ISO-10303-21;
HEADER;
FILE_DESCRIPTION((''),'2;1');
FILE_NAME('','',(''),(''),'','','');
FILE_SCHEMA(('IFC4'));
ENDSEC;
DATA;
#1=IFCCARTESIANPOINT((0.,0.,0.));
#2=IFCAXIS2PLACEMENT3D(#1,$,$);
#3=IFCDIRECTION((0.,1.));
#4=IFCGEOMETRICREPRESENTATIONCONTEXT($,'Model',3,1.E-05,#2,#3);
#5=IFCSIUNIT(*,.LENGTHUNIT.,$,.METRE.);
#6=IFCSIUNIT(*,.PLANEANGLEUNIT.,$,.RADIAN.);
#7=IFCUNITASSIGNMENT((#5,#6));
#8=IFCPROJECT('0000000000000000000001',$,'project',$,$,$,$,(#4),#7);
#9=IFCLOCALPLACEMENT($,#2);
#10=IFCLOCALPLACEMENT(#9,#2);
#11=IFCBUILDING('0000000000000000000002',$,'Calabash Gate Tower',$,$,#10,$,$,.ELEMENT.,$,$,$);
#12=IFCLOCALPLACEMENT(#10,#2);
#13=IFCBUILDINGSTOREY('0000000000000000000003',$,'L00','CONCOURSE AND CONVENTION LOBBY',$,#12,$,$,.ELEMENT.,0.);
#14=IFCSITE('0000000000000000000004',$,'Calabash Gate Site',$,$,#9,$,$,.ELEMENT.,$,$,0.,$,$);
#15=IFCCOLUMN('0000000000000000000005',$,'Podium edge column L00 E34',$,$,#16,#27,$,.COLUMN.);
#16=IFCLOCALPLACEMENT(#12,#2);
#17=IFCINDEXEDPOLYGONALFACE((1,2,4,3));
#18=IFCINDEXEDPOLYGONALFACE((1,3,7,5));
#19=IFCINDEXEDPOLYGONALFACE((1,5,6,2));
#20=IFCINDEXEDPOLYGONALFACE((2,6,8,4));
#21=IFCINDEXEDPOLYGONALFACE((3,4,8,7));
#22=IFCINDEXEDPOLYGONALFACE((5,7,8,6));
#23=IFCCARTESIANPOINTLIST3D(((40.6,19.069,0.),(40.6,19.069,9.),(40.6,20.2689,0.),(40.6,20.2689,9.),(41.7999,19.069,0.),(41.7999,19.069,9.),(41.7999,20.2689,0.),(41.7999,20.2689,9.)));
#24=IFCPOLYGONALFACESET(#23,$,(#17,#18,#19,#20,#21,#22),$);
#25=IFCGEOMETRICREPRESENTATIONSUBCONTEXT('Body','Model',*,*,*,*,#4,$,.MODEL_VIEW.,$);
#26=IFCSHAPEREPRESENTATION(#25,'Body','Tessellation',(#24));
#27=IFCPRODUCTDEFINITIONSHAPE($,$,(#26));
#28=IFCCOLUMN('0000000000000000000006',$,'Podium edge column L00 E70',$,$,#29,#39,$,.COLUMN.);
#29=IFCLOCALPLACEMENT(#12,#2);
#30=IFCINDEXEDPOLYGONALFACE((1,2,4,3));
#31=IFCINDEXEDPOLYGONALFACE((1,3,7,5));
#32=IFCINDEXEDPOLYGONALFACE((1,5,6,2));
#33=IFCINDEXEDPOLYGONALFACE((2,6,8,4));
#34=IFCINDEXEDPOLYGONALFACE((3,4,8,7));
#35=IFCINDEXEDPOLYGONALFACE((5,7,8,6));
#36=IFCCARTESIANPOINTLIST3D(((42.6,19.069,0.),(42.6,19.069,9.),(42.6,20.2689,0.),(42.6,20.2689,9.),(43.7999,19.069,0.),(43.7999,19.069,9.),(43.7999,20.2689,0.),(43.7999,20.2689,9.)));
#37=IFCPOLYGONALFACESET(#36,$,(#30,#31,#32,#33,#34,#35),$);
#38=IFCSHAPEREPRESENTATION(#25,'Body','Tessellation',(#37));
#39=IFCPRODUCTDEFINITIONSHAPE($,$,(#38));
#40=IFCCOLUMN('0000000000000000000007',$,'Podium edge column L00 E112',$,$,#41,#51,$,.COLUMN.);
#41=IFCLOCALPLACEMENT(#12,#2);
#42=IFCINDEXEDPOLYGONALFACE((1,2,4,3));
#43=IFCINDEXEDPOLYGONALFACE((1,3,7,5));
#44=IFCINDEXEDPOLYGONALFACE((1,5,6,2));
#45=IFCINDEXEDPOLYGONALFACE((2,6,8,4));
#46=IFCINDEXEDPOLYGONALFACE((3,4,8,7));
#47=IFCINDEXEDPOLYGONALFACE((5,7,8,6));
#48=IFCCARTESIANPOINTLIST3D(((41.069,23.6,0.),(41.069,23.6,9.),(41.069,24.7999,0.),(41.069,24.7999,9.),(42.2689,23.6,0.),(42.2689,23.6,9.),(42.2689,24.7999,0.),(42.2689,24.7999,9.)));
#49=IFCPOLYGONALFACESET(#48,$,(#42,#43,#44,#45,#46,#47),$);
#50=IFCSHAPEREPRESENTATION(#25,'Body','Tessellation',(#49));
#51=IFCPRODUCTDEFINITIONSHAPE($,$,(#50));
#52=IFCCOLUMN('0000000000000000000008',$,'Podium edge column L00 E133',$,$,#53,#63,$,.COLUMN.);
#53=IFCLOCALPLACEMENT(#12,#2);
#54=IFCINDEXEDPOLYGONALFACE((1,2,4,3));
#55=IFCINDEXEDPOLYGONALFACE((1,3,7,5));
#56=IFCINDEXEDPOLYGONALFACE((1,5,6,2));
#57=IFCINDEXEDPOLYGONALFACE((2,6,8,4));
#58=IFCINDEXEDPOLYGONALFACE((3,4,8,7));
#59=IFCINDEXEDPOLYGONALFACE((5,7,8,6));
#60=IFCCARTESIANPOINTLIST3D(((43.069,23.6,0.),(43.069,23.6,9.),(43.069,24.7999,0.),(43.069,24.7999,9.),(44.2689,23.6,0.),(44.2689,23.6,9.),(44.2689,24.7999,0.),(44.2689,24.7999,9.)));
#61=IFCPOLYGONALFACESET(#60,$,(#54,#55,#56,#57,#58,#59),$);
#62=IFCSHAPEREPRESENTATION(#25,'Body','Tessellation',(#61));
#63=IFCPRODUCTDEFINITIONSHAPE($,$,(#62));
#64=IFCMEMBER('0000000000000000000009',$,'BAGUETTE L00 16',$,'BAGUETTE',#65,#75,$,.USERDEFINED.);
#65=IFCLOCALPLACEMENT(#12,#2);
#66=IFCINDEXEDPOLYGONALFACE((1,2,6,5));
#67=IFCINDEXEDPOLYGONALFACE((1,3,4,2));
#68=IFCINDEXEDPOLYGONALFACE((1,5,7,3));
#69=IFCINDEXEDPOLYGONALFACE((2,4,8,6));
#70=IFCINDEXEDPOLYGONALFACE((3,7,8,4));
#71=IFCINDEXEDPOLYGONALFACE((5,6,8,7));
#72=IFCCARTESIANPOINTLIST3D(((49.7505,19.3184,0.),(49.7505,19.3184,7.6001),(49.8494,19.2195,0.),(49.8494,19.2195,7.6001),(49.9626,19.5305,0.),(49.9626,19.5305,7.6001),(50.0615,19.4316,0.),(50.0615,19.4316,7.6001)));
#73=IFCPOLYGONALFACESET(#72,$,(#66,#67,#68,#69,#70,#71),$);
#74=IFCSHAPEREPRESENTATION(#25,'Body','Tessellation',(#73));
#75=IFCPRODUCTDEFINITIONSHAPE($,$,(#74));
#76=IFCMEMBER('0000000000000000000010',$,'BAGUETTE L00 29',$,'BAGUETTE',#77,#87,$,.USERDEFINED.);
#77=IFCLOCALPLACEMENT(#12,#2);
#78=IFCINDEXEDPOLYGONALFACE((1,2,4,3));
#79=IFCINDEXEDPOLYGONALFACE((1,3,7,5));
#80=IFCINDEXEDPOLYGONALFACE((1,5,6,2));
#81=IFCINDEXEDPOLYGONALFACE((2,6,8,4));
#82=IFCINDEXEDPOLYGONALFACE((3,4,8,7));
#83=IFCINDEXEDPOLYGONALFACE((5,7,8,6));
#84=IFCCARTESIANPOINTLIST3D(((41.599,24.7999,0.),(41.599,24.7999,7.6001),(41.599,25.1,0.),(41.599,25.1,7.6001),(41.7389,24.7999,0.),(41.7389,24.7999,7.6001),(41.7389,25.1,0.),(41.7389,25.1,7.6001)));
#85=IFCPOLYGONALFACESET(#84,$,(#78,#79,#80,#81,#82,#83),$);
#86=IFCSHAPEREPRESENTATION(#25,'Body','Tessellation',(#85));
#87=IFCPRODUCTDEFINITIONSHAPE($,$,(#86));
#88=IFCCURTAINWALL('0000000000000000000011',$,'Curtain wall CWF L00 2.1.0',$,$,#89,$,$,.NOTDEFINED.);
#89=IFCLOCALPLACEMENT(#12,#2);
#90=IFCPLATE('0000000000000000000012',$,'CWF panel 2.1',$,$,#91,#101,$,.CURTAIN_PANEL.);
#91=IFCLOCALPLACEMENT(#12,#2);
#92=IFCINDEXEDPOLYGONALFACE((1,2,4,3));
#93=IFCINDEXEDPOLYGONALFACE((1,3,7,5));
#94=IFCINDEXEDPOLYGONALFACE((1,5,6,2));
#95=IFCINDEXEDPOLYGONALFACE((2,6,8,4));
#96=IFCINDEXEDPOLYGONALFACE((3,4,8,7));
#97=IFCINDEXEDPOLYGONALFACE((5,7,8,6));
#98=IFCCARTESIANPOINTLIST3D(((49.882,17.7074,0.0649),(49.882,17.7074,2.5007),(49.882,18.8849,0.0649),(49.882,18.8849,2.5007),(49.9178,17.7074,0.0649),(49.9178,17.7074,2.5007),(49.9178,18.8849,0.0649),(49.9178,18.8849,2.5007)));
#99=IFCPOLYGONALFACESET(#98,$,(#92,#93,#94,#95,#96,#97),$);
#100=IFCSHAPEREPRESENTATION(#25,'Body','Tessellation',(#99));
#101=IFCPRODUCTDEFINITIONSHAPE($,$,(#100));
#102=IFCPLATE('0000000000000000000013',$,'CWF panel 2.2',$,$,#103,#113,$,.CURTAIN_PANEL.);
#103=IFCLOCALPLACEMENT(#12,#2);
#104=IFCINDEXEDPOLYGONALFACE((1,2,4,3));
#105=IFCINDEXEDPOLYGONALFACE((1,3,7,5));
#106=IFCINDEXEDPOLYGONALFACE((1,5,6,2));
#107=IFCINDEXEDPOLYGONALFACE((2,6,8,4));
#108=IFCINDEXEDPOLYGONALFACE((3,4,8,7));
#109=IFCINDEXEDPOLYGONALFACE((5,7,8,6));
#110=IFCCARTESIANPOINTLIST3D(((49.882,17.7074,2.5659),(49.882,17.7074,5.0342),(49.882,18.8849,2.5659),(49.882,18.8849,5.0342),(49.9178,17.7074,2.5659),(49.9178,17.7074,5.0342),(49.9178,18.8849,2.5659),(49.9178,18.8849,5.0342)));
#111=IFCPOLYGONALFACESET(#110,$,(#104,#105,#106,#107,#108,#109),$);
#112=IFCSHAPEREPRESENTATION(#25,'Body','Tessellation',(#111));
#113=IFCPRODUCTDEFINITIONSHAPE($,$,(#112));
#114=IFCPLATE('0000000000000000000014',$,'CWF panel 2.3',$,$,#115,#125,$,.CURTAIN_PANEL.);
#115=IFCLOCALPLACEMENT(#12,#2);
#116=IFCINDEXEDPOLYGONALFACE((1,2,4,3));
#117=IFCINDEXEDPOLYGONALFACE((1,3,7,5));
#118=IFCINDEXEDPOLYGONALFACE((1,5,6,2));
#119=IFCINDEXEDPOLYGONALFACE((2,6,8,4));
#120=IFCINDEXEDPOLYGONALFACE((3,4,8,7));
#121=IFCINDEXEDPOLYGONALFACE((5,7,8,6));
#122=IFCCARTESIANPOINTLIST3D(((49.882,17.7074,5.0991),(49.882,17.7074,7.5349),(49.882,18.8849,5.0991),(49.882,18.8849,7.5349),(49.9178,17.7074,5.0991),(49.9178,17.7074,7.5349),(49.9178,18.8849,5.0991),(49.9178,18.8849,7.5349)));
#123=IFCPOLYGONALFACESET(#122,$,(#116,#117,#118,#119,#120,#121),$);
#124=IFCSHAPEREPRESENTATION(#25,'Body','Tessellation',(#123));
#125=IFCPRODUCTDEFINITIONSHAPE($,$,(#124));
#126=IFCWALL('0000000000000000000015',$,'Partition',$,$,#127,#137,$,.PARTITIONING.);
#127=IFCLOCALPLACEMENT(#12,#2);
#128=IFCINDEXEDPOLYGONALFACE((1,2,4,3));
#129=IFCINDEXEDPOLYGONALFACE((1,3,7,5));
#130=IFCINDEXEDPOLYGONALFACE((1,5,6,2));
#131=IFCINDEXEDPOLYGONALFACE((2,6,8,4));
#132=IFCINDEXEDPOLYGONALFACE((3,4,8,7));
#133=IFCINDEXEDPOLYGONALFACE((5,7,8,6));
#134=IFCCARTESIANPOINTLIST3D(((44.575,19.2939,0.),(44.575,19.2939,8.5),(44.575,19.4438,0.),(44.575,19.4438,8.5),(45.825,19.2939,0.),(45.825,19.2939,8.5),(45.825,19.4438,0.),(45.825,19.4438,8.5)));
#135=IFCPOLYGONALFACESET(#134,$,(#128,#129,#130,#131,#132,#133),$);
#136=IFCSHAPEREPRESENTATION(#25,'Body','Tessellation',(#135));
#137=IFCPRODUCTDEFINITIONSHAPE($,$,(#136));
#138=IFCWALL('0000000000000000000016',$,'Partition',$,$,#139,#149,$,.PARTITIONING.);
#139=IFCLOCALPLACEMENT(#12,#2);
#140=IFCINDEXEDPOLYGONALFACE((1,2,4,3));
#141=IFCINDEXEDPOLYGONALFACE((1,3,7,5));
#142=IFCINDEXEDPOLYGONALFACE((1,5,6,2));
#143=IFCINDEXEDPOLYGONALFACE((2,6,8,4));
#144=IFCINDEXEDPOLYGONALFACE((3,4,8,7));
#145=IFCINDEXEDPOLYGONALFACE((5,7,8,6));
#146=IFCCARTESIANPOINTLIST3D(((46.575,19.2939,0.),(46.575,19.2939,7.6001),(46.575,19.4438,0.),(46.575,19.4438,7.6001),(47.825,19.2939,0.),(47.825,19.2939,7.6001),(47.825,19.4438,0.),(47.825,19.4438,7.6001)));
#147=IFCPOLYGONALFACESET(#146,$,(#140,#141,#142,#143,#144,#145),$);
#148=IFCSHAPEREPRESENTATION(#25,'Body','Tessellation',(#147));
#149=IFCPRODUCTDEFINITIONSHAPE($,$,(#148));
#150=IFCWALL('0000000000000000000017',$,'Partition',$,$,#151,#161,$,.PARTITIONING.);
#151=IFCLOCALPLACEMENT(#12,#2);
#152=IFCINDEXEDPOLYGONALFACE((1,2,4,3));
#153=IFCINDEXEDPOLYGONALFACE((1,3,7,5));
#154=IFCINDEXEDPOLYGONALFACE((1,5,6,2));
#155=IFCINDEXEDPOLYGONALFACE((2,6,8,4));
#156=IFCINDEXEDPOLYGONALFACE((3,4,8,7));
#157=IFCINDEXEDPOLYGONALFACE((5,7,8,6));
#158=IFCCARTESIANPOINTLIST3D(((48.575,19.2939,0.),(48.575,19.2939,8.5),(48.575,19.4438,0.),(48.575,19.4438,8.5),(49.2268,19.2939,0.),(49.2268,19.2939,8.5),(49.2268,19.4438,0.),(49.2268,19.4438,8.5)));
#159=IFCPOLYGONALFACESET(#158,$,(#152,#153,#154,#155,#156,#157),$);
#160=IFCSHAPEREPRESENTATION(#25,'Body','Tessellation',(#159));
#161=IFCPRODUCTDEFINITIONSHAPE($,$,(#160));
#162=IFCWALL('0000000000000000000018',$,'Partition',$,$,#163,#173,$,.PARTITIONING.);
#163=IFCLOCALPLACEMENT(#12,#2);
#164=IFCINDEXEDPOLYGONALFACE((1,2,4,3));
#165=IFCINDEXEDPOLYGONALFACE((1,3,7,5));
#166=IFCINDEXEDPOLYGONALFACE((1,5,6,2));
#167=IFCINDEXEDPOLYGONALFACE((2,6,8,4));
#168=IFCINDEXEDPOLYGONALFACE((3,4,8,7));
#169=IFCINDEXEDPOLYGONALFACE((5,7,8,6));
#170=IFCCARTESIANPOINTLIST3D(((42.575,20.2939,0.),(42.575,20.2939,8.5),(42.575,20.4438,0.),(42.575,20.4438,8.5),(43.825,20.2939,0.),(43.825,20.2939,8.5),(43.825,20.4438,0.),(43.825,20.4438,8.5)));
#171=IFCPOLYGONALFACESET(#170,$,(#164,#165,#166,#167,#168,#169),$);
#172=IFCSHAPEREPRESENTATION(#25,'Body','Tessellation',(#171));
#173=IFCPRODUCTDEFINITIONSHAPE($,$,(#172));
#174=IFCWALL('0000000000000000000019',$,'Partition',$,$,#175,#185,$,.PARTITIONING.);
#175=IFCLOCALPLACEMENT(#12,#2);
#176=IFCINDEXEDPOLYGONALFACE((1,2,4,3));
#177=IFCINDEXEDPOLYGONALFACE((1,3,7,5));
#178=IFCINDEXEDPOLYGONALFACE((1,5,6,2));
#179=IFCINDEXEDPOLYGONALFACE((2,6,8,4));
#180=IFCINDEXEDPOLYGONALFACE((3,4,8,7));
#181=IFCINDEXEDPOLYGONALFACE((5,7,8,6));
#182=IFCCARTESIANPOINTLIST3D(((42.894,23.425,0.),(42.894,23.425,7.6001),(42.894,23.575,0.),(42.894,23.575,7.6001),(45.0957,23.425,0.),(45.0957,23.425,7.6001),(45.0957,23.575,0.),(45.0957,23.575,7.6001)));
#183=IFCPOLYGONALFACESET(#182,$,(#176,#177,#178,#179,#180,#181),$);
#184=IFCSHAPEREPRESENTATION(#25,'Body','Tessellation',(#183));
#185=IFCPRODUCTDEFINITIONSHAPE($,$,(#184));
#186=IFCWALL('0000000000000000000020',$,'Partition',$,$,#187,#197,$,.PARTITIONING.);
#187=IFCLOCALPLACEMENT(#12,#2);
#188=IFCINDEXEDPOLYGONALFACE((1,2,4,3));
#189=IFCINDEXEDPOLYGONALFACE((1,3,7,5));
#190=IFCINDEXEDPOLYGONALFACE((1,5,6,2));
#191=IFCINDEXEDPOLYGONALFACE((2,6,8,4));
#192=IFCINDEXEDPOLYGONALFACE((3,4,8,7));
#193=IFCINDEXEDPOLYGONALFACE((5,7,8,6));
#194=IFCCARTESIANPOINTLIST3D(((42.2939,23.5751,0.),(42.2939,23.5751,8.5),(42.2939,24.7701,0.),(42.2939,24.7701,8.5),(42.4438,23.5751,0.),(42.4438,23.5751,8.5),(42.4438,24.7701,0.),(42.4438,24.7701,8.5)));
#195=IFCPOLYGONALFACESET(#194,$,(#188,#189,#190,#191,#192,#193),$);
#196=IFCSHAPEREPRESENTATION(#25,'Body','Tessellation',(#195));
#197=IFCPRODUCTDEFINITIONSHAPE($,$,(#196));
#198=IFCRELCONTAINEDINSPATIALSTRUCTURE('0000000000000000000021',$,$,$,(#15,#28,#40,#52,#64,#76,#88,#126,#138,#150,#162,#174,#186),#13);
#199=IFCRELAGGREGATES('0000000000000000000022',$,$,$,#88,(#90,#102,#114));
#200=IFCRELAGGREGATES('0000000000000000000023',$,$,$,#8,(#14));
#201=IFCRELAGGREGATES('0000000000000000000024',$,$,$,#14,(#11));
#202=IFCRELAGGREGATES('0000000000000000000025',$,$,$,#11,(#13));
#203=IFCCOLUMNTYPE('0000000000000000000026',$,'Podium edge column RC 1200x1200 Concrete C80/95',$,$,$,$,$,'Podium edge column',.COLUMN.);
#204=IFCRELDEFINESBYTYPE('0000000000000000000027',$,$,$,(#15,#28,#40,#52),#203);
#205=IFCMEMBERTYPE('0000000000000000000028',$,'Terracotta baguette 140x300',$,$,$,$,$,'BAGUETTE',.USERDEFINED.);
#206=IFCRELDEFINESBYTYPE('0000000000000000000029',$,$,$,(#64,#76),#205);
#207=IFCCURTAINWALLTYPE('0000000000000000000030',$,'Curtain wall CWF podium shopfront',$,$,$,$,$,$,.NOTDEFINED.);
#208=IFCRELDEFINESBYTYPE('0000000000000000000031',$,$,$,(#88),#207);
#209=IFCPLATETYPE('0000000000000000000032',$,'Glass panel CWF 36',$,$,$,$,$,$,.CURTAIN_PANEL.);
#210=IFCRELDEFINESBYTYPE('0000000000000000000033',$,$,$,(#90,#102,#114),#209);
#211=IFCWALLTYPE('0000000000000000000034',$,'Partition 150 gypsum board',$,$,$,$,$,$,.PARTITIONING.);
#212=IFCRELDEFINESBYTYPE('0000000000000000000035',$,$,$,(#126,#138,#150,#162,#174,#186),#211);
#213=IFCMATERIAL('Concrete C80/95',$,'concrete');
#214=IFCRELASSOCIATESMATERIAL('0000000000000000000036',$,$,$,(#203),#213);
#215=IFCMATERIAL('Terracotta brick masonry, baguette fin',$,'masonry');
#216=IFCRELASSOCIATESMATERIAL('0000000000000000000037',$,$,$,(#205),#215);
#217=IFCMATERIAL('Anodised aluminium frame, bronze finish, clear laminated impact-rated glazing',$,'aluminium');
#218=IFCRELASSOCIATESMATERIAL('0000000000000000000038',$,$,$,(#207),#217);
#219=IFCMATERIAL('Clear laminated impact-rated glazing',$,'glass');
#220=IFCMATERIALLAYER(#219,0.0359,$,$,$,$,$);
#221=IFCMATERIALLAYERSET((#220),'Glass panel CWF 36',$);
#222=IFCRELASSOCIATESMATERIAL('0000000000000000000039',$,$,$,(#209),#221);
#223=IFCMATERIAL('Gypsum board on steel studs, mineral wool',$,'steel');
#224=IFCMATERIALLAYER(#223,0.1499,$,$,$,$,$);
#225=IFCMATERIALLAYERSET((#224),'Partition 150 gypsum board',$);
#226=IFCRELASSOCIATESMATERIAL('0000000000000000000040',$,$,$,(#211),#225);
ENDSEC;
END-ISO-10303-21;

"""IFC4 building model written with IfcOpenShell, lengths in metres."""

from ifc_helpers import new_model, si_unit, direction, frame, frame_2d, origin, origin_2d, place, context, subcontext, project, spatial, rectangle, extrude, material, layer, layer_set, material_profile, profile_set, type_object, element, aggregate, save


model = new_model("IFC4")

# Units and contexts
model_context = context("Model", 3, precision=1e-05, world=origin(), true_north=direction((0.0, 1.0)))
body_context = subcontext(model_context, "Body", "Model", "MODEL_VIEW")
ifc_project = project(units=[si_unit("LENGTHUNIT", "METRE"), si_unit("PLANEANGLEUNIT", "RADIAN")], contexts=[model_context])

# Site, building, storey
site_placement = place(None, origin())
site = spatial("IfcSite", under=ifc_project, at=site_placement, Name="Calabash Gate Site", CompositionType="ELEMENT", RefElevation=0.0)
building_placement = place(site_placement, origin())
building = spatial("IfcBuilding", under=site, at=building_placement, Name="Calabash Gate Tower", CompositionType="ELEMENT")
storey_placement = place(building_placement, origin())
storey = spatial("IfcBuildingStorey", under=building, at=storey_placement, Name="L00", Description="CONCOURSE AND CONVENTION LOBBY", CompositionType="ELEMENT", Elevation=0.0)

# Columns
ifc_material_1 = material(Name="Concrete C80/95", Category="concrete")
ifc_material_profile_1 = material_profile(ifc_material_1, rectangle(XDim=1.2, YDim=1.2, at=origin_2d()))
ifc_profile_set_1 = profile_set([ifc_material_profile_1], Name="Concrete C80/95")
column_type = type_object("IfcColumnType", Name="Podium edge column RC 1200x1200 Concrete C80/95", ElementType="Podium edge column", PredefinedType="COLUMN", material=ifc_profile_set_1)
for number, where, z_axis, x_axis, name in (
    (1, (41.2, 19.6689, 0.0), (0.0, 0.0, 1.0), (1.0, 0.0, 0.0), "Podium edge column L00 E34"),
    (2, (43.2, 19.6689, 0.0), (0.0, 0.0, 1.0), (1.0, 0.0, 0.0), "Podium edge column L00 E70"),
    (3, (41.6689, 24.2, 0.0), (0.0, 0.0, 1.0), (1.0, 0.0, 0.0), "Podium edge column L00 E112"),
    (4, (43.6689, 24.2, 0.0), (0.0, 0.0, 1.0), (1.0, 0.0, 0.0), "Podium edge column L00 E133"),
):
    element("IfcColumn", number, at=place(storey_placement, frame(where, z_axis=z_axis, x_axis=x_axis)), inside=storey, type_object=column_type, Name=name, PredefinedType="COLUMN", context=body_context, shape_type="SweptSolid", body=[
        extrude(rectangle(XDim=1.2, YDim=1.2, at=origin_2d()), origin(), (0.0, 0.0, 1.0), 9.0),
    ])

# Members
ifc_material_2 = material(Name="Terracotta brick masonry, baguette fin", Category="masonry")
ifc_material_profile_2 = material_profile(ifc_material_2, rectangle(XDim=0.1399, YDim=0.3, at=origin_2d()))
ifc_profile_set_2 = profile_set([ifc_material_profile_2], Name="Terracotta brick masonry, baguette fin")
member_type = type_object("IfcMemberType", Name="Terracotta baguette 140x300", ElementType="BAGUETTE", PredefinedType="USERDEFINED", material=ifc_profile_set_2)
for number, where, z_axis, x_axis, name in (
    (5, (49.906, 19.375, 0.0), (0.0, 0.0, 1.0), (-0.707107, 0.707107, 0.0), "BAGUETTE L00 16"),
    (6, (41.6689, 24.95, 0.0), (0.0, 0.0, 1.0), (-1.0, 0.0, 0.0), "BAGUETTE L00 29"),
):
    element("IfcMember", number, at=place(storey_placement, frame(where, z_axis=z_axis, x_axis=x_axis)), inside=storey, type_object=member_type, Name=name, ObjectType="BAGUETTE", PredefinedType="USERDEFINED", context=body_context, shape_type="SweptSolid", body=[
        extrude(rectangle(XDim=0.1399, YDim=0.3, at=origin_2d()), origin(), (0.0, 0.0, 1.0), 7.6001),
    ])

# Curtain wall, plates
ifc_material_3 = material(Name="Anodised aluminium frame, bronze finish, clear laminated impact-rated glazing", Category="aluminium")
curtain_wall_type = type_object("IfcCurtainWallType", Name="Curtain wall CWF podium shopfront", PredefinedType="NOTDEFINED", material=ifc_material_3)
curtain_wall_placement = place(storey_placement, origin())
curtain_wall = element("IfcCurtainWall", 7, at=curtain_wall_placement, inside=storey, type_object=curtain_wall_type, Name="Curtain wall CWF L00 2.1.0", PredefinedType="NOTDEFINED")
ifc_material_4 = material(Name="Clear laminated impact-rated glazing", Category="glass")
ifc_layer_1 = layer(ifc_material_4, 0.0359)
ifc_layer_set_1 = layer_set([ifc_layer_1], Name="Glass panel CWF 36")
plate_type = type_object("IfcPlateType", Name="Glass panel CWF 36", PredefinedType="CURTAIN_PANEL", material=ifc_layer_set_1)
plate_1_placement = place(storey_placement, frame((49.8999, 18.2961, 0.0649), z_axis=(0.0, 0.0, 1.0), x_axis=(0.0, 1.0, 0.0)))
plate_1 = element("IfcPlate", 8, at=plate_1_placement, type_object=plate_type, Name="CWF panel 2.1", PredefinedType="CURTAIN_PANEL", context=body_context, shape_type="SweptSolid", body=[
    extrude(rectangle(XDim=1.1775, YDim=0.0359, at=origin_2d()), origin(), (0.0, 0.0, 1.0), 2.4358),
])
plate_2_placement = place(storey_placement, frame((49.8999, 18.2961, 2.5659), z_axis=(0.0, 0.0, 1.0), x_axis=(0.0, 1.0, 0.0)))
plate_2 = element("IfcPlate", 9, at=plate_2_placement, type_object=plate_type, Name="CWF panel 2.2", PredefinedType="CURTAIN_PANEL", context=body_context, shape_type="SweptSolid", body=[
    extrude(rectangle(XDim=1.1775, YDim=0.0359, at=origin_2d()), origin(), (0.0, 0.0, 1.0), 2.4683),
])
plate_3_placement = place(storey_placement, frame((49.8999, 18.2961, 5.0991), z_axis=(0.0, 0.0, 1.0), x_axis=(0.0, 1.0, 0.0)))
plate_3 = element("IfcPlate", 10, at=plate_3_placement, type_object=plate_type, Name="CWF panel 2.3", PredefinedType="CURTAIN_PANEL", context=body_context, shape_type="SweptSolid", body=[
    extrude(rectangle(XDim=1.1775, YDim=0.0359, at=origin_2d()), origin(), (0.0, 0.0, 1.0), 2.4358),
])
aggregate(curtain_wall, [plate_1, plate_2, plate_3])

# Walls
ifc_material_5 = material(Name="Gypsum board on steel studs, mineral wool", Category="steel")
ifc_layer_2 = layer(ifc_material_5, 0.1499)
ifc_layer_set_2 = layer_set([ifc_layer_2], Name="Partition 150 gypsum board")
wall_type_1 = type_object("IfcWallType", Name="Partition 150 gypsum board", PredefinedType="PARTITIONING", material=ifc_layer_set_2)
wall_1_placement = place(storey_placement, frame((44.575, 19.3689, 0.0), z_axis=(0.0, 0.0, 1.0), x_axis=(1.0, 0.0, 0.0)))
element("IfcWall", 11, at=wall_1_placement, inside=storey, type_object=wall_type_1, Name="Partition", PredefinedType="PARTITIONING", context=body_context, shape_type="SweptSolid", body=[
    extrude(rectangle(XDim=1.25, YDim=0.1499, at=frame_2d((0.625, 0.0))), origin(), (0.0, 0.0, 1.0), 8.5),
])
wall_2_placement = place(storey_placement, frame((46.575, 19.3689, 0.0), z_axis=(0.0, 0.0, 1.0), x_axis=(1.0, 0.0, 0.0)))
element("IfcWall", 12, at=wall_2_placement, inside=storey, type_object=wall_type_1, Name="Partition", PredefinedType="PARTITIONING", context=body_context, shape_type="SweptSolid", body=[
    extrude(rectangle(XDim=1.25, YDim=0.1499, at=frame_2d((0.625, 0.0))), origin(), (0.0, 0.0, 1.0), 7.6001),
])
wall_3_placement = place(storey_placement, frame((48.575, 19.3689, 0.0), z_axis=(0.0, 0.0, 1.0), x_axis=(1.0, 0.0, 0.0)))
element("IfcWall", 13, at=wall_3_placement, inside=storey, type_object=wall_type_1, Name="Partition", PredefinedType="PARTITIONING", context=body_context, shape_type="SweptSolid", body=[
    extrude(rectangle(XDim=0.6519, YDim=0.1499, at=frame_2d((0.3259, 0.0))), origin(), (0.0, 0.0, 1.0), 8.5),
])
wall_4_placement = place(storey_placement, frame((42.575, 20.3689, 0.0), z_axis=(0.0, 0.0, 1.0), x_axis=(1.0, 0.0, 0.0)))
element("IfcWall", 14, at=wall_4_placement, inside=storey, type_object=wall_type_1, Name="Partition", PredefinedType="PARTITIONING", context=body_context, shape_type="SweptSolid", body=[
    extrude(rectangle(XDim=1.25, YDim=0.1499, at=frame_2d((0.625, 0.0))), origin(), (0.0, 0.0, 1.0), 8.5),
])
wall_5_placement = place(storey_placement, frame((42.894, 23.5, 0.0), z_axis=(0.0, 0.0, 1.0), x_axis=(1.0, 0.0, 0.0)))
element("IfcWall", 15, at=wall_5_placement, inside=storey, type_object=wall_type_1, Name="Partition", PredefinedType="PARTITIONING", context=body_context, shape_type="SweptSolid", body=[
    extrude(rectangle(XDim=2.2017, YDim=0.1499, at=frame_2d((1.1008, 0.0))), origin(), (0.0, 0.0, 1.0), 7.6001),
])
wall_6_placement = place(storey_placement, frame((42.3689, 23.575, 0.0), z_axis=(0.0, 0.0, 1.0), x_axis=(0.0, 1.0, 0.0)))
element("IfcWall", 16, at=wall_6_placement, inside=storey, type_object=wall_type_1, Name="Partition", PredefinedType="PARTITIONING", context=body_context, shape_type="SweptSolid", body=[
    extrude(rectangle(XDim=1.1951, YDim=0.1499, at=frame_2d((0.5977, 0.0))), origin(), (0.0, 0.0, 1.0), 8.5),
])

save(model, "model.ifc")
